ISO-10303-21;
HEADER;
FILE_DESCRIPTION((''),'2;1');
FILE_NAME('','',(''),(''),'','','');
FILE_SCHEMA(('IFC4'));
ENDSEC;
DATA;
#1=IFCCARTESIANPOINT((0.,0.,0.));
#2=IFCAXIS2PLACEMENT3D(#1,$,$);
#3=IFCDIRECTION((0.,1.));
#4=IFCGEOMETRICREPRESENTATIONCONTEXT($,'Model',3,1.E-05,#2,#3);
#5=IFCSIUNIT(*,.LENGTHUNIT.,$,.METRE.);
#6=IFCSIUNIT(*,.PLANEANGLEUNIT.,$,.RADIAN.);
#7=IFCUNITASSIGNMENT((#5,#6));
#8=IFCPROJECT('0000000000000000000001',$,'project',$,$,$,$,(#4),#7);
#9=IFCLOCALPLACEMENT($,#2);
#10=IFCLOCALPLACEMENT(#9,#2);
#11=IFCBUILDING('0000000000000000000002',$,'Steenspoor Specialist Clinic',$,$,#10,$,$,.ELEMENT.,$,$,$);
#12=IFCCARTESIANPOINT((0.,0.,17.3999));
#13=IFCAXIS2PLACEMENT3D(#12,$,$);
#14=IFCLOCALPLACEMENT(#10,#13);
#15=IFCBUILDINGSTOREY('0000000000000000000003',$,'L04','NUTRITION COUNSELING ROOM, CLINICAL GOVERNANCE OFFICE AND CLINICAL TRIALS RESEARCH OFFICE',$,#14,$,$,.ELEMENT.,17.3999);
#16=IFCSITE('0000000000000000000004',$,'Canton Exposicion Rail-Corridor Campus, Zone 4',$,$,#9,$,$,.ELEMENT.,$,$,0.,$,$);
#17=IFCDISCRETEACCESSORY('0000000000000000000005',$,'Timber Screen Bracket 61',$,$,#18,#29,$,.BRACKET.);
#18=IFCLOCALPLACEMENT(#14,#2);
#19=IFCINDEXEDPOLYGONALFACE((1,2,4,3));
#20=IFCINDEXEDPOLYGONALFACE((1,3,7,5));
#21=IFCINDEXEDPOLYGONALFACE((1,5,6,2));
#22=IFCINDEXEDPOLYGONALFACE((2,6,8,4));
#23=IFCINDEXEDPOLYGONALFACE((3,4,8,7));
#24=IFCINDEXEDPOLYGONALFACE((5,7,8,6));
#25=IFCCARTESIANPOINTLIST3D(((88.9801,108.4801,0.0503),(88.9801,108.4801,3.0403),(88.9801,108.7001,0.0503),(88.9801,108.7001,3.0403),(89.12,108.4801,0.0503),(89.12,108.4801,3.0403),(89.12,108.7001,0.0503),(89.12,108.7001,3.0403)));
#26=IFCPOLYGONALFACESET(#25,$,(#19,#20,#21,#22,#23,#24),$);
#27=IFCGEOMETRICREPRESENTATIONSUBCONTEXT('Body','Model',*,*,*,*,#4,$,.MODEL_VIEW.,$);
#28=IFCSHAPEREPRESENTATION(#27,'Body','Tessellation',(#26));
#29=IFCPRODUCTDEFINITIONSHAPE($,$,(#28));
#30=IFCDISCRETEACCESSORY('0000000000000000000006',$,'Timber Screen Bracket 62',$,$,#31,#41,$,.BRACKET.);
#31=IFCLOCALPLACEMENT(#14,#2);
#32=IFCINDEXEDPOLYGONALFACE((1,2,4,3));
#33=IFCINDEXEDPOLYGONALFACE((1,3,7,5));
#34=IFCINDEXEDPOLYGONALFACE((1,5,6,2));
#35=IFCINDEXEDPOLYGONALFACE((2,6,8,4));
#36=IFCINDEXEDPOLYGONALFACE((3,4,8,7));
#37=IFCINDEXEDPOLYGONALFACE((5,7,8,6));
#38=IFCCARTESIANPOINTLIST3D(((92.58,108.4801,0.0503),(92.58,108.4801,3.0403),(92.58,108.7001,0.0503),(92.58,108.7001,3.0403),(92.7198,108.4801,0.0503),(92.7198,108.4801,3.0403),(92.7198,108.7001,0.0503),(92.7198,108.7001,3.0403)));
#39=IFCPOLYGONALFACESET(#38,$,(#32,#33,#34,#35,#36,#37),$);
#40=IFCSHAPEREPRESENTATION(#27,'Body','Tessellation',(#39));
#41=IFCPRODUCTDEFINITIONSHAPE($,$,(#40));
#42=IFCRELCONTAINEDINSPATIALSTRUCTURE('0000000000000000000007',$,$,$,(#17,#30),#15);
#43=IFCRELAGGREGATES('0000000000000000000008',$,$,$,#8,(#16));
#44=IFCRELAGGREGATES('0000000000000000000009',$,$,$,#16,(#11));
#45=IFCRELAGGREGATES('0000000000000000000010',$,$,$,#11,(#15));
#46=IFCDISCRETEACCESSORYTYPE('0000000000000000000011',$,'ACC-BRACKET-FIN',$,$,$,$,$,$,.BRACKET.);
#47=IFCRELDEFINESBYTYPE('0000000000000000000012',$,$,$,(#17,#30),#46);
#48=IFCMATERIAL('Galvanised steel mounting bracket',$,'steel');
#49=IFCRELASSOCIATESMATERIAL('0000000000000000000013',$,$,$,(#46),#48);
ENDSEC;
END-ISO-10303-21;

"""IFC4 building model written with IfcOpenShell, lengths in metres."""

from ifc_helpers import new_model, si_unit, direction, frame, origin, origin_2d, place, context, subcontext, project, spatial, rectangle, extrude, material, type_object, element, save


model = new_model("IFC4")

# Units and contexts
model_context = context("Model", 3, precision=1e-05, world=origin(), true_north=direction((0.0, 1.0)))
body_context = subcontext(model_context, "Body", "Model", "MODEL_VIEW")
ifc_project = project(units=[si_unit("LENGTHUNIT", "METRE"), si_unit("PLANEANGLEUNIT", "RADIAN")], contexts=[model_context])

# Site, building, storey
site_placement = place(None, origin())
site = spatial("IfcSite", under=ifc_project, at=site_placement, Name="Canton Exposicion Rail-Corridor Campus, Zone 4", CompositionType="ELEMENT", RefElevation=0.0)
building_placement = place(site_placement, origin())
building = spatial("IfcBuilding", under=site, at=building_placement, Name="Steenspoor Specialist Clinic", CompositionType="ELEMENT")
storey_placement = place(building_placement, frame((0.0, 0.0, 17.3999)))
storey = spatial("IfcBuildingStorey", under=building, at=storey_placement, Name="L04", Description="NUTRITION COUNSELING ROOM, CLINICAL GOVERNANCE OFFICE AND CLINICAL TRIALS RESEARCH OFFICE", CompositionType="ELEMENT", Elevation=17.3999)

# Discrete accessories
ifc_material_1 = material(Name="Galvanised steel mounting bracket", Category="steel")
discrete_accessory_type = type_object("IfcDiscreteAccessoryType", Name="ACC-BRACKET-FIN", PredefinedType="BRACKET", material=ifc_material_1)
for number, where, z_axis, x_axis, name in (
    (1, (89.05, 108.5901, 0.0503), (0.0, 0.0, 1.0), (0.0, 1.0, 0.0), "Timber Screen Bracket 61"),
    (2, (92.6499, 108.5901, 0.0503), (0.0, 0.0, 1.0), (0.0, 1.0, 0.0), "Timber Screen Bracket 62"),
):
    element("IfcDiscreteAccessory", number, at=place(storey_placement, frame(where, z_axis=z_axis, x_axis=x_axis)), inside=storey, type_object=discrete_accessory_type, Name=name, PredefinedType="BRACKET", context=body_context, shape_type="SweptSolid", body=[
        extrude(rectangle(XDim=0.22, YDim=0.1399, at=origin_2d()), origin(), (0.0, 0.0, 1.0), 2.99),
    ])

save(model, "model.ifc")
